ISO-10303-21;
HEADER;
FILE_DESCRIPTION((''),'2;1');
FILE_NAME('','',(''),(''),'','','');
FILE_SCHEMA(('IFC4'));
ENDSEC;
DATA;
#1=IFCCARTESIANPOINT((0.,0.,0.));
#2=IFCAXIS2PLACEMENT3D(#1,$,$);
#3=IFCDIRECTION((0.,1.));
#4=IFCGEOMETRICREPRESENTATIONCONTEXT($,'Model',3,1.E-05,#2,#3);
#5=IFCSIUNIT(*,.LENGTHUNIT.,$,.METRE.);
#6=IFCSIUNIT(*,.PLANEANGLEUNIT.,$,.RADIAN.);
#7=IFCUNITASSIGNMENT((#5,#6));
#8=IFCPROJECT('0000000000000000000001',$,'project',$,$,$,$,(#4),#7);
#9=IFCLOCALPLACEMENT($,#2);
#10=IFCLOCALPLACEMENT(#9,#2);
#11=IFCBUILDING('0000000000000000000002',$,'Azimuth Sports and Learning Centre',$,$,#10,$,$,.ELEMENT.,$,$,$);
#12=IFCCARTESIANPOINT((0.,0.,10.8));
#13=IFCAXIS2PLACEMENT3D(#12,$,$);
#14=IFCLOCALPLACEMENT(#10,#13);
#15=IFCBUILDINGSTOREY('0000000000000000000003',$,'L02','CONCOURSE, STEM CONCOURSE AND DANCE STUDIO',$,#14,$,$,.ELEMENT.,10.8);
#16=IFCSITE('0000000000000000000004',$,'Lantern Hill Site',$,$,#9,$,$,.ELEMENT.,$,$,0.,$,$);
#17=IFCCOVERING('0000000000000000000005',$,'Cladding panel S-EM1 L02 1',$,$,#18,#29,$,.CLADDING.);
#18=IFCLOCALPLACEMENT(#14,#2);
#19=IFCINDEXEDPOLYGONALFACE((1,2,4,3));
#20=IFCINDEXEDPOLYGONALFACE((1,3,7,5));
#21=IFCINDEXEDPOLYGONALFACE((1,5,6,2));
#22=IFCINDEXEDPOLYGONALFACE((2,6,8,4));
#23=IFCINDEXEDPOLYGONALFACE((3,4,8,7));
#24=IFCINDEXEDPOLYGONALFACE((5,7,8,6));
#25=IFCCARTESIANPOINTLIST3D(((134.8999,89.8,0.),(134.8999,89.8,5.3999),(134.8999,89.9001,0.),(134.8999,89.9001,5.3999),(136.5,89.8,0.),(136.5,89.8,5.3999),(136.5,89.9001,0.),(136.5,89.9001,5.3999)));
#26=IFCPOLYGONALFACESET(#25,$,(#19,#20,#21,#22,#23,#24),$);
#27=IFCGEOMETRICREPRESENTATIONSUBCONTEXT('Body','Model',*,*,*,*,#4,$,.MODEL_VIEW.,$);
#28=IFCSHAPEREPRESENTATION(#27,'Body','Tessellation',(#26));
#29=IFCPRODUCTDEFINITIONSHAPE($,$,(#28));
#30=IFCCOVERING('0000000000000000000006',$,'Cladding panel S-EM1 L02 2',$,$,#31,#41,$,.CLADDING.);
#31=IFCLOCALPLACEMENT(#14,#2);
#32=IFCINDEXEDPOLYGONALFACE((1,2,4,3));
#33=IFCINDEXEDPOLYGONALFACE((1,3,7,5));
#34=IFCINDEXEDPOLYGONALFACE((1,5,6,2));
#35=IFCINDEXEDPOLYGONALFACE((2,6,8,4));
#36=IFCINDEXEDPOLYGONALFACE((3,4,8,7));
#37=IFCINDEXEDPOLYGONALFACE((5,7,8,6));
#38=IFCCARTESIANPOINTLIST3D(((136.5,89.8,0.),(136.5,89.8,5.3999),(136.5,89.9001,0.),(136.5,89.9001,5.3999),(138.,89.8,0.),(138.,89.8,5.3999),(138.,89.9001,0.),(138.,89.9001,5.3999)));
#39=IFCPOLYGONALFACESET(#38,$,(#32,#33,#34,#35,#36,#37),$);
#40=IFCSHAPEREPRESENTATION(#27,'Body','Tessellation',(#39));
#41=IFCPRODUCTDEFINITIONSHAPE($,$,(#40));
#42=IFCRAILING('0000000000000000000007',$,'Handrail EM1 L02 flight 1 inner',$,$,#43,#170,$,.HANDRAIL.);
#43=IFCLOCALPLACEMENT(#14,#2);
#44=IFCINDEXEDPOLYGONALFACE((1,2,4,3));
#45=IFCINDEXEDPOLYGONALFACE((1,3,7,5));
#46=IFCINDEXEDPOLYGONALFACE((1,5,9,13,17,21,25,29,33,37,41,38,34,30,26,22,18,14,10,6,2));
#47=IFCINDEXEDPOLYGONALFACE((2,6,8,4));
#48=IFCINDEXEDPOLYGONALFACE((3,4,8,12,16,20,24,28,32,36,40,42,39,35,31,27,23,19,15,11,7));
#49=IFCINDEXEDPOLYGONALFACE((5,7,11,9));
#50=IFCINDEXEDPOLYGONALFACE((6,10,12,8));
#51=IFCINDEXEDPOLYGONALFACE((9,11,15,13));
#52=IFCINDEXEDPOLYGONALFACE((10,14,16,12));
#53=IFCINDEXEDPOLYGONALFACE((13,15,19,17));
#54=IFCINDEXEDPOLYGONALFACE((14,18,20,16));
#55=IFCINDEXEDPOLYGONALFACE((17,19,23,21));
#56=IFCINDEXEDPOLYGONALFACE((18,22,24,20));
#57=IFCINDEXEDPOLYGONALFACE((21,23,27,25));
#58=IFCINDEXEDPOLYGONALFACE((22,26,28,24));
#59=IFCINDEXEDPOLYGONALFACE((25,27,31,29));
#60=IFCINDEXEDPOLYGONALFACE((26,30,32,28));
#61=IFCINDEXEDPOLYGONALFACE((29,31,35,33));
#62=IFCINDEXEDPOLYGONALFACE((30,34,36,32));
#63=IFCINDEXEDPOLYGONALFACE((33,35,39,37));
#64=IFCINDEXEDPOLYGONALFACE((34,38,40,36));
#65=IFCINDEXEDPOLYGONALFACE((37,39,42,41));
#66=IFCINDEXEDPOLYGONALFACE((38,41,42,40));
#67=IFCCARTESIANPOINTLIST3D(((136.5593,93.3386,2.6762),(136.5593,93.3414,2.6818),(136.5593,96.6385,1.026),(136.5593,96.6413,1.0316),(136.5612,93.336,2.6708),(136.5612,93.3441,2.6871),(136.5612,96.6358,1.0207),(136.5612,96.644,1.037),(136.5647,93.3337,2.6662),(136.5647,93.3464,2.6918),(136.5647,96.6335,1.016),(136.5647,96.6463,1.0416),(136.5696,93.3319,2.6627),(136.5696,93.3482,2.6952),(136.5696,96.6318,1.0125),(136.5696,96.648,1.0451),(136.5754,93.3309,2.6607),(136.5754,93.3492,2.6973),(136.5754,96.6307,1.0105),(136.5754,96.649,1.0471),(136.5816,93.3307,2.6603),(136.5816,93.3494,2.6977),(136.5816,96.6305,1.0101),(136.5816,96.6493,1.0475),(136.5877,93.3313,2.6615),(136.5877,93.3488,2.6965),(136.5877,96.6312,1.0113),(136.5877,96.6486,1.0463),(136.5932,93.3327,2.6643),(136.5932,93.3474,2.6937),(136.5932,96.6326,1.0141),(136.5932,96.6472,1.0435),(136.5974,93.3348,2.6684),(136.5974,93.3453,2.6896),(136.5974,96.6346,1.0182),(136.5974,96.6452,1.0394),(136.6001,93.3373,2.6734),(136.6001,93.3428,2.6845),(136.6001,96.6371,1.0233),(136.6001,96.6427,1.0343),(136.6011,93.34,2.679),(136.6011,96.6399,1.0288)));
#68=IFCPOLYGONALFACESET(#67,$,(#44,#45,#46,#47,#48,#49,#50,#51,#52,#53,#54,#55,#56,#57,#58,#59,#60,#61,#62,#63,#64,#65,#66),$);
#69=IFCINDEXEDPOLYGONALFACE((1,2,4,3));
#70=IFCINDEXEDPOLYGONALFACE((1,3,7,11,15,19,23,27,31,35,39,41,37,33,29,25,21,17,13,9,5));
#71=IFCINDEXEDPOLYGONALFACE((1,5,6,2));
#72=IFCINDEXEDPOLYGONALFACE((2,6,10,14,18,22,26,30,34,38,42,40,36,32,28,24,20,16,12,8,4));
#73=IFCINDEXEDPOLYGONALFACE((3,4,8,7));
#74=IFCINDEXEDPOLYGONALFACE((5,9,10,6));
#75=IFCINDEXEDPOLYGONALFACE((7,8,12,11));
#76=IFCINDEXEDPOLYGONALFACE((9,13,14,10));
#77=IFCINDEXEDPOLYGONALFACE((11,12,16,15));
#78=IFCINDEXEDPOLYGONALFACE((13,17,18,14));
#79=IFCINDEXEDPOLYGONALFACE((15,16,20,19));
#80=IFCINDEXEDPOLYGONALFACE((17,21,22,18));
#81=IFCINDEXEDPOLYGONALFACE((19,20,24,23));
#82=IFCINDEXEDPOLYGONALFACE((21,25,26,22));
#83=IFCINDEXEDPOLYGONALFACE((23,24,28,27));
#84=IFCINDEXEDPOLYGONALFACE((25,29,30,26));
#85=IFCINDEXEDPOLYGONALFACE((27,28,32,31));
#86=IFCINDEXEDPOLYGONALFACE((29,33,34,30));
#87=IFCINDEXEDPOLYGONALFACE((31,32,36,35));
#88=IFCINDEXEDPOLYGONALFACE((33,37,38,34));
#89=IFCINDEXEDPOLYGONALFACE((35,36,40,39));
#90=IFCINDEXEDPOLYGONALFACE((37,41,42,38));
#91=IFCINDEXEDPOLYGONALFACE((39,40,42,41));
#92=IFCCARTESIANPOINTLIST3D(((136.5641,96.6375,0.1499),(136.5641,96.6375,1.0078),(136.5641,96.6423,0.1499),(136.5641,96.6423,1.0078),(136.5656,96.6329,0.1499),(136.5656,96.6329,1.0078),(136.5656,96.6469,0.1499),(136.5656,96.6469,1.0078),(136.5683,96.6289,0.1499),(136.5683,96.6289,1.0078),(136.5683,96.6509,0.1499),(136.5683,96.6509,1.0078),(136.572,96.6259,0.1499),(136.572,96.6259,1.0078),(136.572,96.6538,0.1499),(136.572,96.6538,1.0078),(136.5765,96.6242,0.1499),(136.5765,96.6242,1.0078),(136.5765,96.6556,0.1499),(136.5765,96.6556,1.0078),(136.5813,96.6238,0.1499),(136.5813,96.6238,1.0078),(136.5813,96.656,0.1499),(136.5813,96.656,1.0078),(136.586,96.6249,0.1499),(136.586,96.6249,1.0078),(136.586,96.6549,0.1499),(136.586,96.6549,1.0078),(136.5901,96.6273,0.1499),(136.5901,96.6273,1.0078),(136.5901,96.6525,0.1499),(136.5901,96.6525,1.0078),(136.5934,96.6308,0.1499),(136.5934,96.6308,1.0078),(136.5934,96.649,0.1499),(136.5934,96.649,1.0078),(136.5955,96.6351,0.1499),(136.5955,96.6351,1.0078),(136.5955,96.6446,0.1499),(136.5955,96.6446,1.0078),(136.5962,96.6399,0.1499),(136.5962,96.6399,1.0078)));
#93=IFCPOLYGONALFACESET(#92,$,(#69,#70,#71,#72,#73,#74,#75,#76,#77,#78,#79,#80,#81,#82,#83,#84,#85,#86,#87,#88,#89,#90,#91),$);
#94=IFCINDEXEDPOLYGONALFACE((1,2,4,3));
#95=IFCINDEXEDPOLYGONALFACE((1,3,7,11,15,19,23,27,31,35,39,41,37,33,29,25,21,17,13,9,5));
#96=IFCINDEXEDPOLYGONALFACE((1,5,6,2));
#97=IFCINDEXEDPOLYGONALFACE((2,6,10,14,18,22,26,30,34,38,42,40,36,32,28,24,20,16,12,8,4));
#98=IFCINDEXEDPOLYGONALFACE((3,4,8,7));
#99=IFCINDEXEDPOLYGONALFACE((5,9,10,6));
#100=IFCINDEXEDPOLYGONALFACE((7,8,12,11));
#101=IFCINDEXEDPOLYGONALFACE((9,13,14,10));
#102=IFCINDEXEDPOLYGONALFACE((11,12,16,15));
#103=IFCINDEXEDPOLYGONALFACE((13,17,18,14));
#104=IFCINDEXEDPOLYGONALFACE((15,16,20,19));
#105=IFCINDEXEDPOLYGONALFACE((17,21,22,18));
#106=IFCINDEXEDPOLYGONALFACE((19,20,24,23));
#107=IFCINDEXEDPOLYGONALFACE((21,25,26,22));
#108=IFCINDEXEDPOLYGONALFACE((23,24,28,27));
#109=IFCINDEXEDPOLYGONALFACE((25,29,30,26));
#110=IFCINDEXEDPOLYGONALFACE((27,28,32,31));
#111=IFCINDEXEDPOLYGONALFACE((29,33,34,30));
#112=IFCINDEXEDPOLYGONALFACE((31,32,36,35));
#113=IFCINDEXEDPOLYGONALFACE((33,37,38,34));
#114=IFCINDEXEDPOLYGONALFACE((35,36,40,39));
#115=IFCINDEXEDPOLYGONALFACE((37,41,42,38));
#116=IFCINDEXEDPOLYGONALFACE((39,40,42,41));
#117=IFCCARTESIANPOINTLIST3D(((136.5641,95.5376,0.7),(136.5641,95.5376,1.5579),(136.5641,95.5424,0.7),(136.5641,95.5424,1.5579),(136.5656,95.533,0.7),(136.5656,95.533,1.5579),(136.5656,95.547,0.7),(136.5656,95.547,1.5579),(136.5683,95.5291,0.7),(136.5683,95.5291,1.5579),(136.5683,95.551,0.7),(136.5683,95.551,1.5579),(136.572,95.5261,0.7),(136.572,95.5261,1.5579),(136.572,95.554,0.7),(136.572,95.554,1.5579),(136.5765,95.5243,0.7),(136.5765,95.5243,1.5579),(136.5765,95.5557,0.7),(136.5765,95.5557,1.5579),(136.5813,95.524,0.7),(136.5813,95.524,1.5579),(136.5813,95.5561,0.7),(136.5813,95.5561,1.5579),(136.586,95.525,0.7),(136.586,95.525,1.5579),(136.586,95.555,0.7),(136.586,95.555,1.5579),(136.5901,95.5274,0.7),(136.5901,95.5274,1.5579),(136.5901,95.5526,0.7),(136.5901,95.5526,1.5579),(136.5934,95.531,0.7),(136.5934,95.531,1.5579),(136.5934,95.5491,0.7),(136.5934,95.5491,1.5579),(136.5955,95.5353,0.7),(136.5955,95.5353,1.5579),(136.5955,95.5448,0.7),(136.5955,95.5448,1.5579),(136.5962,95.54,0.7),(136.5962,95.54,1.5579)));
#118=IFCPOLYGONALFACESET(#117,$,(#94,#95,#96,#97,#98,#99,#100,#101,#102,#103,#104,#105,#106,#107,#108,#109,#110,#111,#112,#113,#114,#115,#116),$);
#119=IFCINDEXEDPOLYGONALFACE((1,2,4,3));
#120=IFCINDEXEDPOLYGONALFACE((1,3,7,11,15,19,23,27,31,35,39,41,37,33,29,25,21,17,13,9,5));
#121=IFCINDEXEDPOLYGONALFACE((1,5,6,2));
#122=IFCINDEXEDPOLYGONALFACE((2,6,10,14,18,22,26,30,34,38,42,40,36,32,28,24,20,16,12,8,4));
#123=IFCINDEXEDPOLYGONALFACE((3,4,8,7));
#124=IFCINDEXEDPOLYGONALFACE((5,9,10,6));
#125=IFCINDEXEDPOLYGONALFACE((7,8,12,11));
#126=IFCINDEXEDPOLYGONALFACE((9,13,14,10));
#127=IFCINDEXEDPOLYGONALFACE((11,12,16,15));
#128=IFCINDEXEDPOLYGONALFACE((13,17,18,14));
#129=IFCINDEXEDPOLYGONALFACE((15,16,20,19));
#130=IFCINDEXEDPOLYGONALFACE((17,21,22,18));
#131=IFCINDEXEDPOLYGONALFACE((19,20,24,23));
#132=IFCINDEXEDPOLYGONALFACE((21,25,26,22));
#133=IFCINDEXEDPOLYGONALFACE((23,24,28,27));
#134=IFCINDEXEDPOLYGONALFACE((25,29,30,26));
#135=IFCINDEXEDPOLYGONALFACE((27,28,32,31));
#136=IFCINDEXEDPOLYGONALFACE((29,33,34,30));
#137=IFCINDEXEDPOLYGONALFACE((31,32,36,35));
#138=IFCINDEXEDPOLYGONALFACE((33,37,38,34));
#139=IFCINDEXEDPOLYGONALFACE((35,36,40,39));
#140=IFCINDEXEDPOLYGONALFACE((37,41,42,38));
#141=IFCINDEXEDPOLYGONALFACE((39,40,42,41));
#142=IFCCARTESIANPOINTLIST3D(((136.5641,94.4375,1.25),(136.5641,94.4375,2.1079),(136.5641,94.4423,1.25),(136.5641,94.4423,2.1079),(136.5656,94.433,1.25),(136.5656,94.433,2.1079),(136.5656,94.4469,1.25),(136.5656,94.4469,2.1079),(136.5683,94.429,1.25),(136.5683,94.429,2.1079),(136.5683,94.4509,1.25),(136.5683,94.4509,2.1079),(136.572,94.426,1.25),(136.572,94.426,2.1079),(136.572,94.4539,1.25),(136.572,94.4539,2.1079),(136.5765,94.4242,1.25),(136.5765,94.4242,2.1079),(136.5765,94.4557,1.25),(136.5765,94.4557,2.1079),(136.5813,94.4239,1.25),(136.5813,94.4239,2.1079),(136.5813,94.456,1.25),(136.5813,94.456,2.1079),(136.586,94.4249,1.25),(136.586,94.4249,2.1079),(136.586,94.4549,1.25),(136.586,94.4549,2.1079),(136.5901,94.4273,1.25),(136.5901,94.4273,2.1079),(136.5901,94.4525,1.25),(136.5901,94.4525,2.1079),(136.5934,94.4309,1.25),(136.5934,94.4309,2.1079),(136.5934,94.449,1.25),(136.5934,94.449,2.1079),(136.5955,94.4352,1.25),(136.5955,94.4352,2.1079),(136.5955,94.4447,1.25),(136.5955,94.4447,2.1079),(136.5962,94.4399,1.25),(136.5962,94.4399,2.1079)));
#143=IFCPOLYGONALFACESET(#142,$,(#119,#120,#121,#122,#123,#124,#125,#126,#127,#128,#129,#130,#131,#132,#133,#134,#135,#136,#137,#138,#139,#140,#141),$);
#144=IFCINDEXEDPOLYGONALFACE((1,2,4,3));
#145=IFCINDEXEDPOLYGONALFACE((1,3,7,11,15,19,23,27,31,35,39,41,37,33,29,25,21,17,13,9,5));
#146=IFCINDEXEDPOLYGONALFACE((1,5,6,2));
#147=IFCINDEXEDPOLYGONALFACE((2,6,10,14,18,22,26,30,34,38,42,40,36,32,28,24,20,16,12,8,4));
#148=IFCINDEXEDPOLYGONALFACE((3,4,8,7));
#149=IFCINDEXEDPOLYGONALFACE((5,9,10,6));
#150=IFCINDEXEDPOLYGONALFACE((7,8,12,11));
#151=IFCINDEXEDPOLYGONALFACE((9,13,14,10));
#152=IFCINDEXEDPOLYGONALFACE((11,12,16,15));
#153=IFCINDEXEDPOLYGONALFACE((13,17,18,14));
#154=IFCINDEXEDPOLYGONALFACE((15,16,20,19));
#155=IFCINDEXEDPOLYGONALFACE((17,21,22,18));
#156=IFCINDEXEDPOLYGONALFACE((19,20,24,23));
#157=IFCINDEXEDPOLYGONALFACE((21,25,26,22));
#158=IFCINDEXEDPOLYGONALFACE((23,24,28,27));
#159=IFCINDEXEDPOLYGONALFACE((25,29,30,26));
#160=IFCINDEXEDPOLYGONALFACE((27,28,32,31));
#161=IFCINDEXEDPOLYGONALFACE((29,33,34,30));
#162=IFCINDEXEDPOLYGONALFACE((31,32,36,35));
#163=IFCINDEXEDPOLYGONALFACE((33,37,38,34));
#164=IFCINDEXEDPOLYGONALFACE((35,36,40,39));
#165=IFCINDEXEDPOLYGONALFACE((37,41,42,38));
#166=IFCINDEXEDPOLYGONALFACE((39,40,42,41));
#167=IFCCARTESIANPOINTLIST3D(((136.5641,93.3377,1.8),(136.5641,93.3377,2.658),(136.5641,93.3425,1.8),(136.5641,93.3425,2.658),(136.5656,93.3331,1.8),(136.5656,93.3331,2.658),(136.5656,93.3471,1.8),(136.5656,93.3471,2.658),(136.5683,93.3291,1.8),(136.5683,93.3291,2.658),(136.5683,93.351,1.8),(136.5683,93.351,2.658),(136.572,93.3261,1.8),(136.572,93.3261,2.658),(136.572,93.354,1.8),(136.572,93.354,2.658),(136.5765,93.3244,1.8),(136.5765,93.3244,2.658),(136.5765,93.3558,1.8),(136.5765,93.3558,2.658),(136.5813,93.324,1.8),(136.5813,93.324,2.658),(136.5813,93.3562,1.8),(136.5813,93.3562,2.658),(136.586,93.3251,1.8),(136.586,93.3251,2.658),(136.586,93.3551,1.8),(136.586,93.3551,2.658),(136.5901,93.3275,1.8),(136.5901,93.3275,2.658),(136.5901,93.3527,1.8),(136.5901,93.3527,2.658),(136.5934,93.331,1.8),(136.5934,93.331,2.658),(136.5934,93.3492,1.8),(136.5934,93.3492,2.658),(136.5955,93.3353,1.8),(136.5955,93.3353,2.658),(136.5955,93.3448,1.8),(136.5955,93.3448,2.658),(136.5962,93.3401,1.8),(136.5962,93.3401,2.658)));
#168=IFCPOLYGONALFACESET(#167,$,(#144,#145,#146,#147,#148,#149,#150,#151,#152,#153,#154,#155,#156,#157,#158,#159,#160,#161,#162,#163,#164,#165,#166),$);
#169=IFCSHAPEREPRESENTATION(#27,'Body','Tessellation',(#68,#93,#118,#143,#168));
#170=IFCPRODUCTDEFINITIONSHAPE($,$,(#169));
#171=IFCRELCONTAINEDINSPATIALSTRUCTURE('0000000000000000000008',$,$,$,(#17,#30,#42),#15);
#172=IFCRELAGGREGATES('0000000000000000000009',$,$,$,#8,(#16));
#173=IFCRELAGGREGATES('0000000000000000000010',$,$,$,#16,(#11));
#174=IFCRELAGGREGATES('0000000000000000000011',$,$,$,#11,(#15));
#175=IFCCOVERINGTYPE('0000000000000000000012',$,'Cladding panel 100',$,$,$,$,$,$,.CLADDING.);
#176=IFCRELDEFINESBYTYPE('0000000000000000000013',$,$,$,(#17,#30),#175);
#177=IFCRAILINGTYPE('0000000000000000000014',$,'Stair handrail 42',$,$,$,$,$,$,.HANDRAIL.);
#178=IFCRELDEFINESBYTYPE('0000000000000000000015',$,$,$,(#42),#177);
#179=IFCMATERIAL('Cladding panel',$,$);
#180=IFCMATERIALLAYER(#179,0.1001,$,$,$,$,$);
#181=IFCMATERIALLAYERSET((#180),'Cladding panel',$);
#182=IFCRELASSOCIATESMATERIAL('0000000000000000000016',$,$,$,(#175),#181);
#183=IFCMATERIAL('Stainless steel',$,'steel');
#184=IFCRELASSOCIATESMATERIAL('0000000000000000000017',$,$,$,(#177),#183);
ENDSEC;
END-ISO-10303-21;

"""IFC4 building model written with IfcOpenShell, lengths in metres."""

from ifc_helpers import new_model, si_unit, direction, frame, origin, origin_2d, place, context, subcontext, project, spatial, rectangle, circle, extrude, material, layer, layer_set, type_object, element, save


model = new_model("IFC4")

# Units and contexts
model_context = context("Model", 3, precision=1e-05, world=origin(), true_north=direction((0.0, 1.0)))
body_context = subcontext(model_context, "Body", "Model", "MODEL_VIEW")
ifc_project = project(units=[si_unit("LENGTHUNIT", "METRE"), si_unit("PLANEANGLEUNIT", "RADIAN")], contexts=[model_context])

# Site, building, storey
site_placement = place(None, origin())
site = spatial("IfcSite", under=ifc_project, at=site_placement, Name="Lantern Hill Site", CompositionType="ELEMENT", RefElevation=0.0)
building_placement = place(site_placement, origin())
building = spatial("IfcBuilding", under=site, at=building_placement, Name="Azimuth Sports and Learning Centre", CompositionType="ELEMENT")
storey_placement = place(building_placement, frame((0.0, 0.0, 10.8)))
storey = spatial("IfcBuildingStorey", under=building, at=storey_placement, Name="L02", Description="CONCOURSE, STEM CONCOURSE AND DANCE STUDIO", CompositionType="ELEMENT", Elevation=10.8)

# Coverings
ifc_material_1 = material(Name="Cladding panel")
ifc_layer_1 = layer(ifc_material_1, 0.1001)
ifc_layer_set_1 = layer_set([ifc_layer_1], Name="Cladding panel")
covering_type = type_object("IfcCoveringType", Name="Cladding panel 100", PredefinedType="CLADDING", material=ifc_layer_set_1)
covering_1_placement = place(storey_placement, frame((135.7, 89.8501, 0.0), z_axis=(0.0, 0.0, 1.0), x_axis=(1.0, 0.0, 0.0)))
element("IfcCovering", 1, at=covering_1_placement, inside=storey, type_object=covering_type, Name="Cladding panel S-EM1 L02 1", PredefinedType="CLADDING", context=body_context, shape_type="SweptSolid", body=[
    extrude(rectangle(XDim=1.6001, YDim=0.1001, at=origin_2d()), origin(), (0.0, 0.0, 1.0), 5.3999),
])
covering_2_placement = place(storey_placement, frame((137.25, 89.8501, 0.0), z_axis=(0.0, 0.0, 1.0), x_axis=(1.0, 0.0, 0.0)))
element("IfcCovering", 2, at=covering_2_placement, inside=storey, type_object=covering_type, Name="Cladding panel S-EM1 L02 2", PredefinedType="CLADDING", context=body_context, shape_type="SweptSolid", body=[
    extrude(rectangle(XDim=1.5, YDim=0.1001, at=origin_2d()), origin(), (0.0, 0.0, 1.0), 5.3999),
])

# Railing
ifc_material_2 = material(Name="Stainless steel", Category="steel")
railing_type = type_object("IfcRailingType", Name="Stair handrail 42", PredefinedType="HANDRAIL", material=ifc_material_2)
for number, where, name in (
    (3, (136.5801, 96.6399, 0.1499), "Handrail EM1 L02 flight 1 inner"),
):
    element("IfcRailing", number, at=place(storey_placement, frame(where)), inside=storey, type_object=railing_type, Name=name, PredefinedType="HANDRAIL", context=body_context, shape_type="SweptSolid", body=[
        extrude(circle(Radius=0.021, at=origin_2d()), frame((0.0, 0.0, 0.8789), z_axis=(0.0, -0.894401, 0.447267), x_axis=(1.0, 0.0, 0.0)), (0.0, 0.0, 1.0), 3.6895),
        extrude(circle(Radius=0.0161, at=origin_2d()), origin(), (0.0, 0.0, 1.0), 0.8579),
        extrude(circle(Radius=0.0161, at=origin_2d()), frame((0.0, -1.0999, 0.55)), (0.0, 0.0, 1.0), 0.8579),
        extrude(circle(Radius=0.0161, at=origin_2d()), frame((0.0, -2.2, 1.1001)), (0.0, 0.0, 1.0), 0.8579),
        extrude(circle(Radius=0.0161, at=origin_2d()), frame((0.0, -3.2998, 1.6501)), (0.0, 0.0, 1.0), 0.8579),
    ])

save(model, "model.ifc")
